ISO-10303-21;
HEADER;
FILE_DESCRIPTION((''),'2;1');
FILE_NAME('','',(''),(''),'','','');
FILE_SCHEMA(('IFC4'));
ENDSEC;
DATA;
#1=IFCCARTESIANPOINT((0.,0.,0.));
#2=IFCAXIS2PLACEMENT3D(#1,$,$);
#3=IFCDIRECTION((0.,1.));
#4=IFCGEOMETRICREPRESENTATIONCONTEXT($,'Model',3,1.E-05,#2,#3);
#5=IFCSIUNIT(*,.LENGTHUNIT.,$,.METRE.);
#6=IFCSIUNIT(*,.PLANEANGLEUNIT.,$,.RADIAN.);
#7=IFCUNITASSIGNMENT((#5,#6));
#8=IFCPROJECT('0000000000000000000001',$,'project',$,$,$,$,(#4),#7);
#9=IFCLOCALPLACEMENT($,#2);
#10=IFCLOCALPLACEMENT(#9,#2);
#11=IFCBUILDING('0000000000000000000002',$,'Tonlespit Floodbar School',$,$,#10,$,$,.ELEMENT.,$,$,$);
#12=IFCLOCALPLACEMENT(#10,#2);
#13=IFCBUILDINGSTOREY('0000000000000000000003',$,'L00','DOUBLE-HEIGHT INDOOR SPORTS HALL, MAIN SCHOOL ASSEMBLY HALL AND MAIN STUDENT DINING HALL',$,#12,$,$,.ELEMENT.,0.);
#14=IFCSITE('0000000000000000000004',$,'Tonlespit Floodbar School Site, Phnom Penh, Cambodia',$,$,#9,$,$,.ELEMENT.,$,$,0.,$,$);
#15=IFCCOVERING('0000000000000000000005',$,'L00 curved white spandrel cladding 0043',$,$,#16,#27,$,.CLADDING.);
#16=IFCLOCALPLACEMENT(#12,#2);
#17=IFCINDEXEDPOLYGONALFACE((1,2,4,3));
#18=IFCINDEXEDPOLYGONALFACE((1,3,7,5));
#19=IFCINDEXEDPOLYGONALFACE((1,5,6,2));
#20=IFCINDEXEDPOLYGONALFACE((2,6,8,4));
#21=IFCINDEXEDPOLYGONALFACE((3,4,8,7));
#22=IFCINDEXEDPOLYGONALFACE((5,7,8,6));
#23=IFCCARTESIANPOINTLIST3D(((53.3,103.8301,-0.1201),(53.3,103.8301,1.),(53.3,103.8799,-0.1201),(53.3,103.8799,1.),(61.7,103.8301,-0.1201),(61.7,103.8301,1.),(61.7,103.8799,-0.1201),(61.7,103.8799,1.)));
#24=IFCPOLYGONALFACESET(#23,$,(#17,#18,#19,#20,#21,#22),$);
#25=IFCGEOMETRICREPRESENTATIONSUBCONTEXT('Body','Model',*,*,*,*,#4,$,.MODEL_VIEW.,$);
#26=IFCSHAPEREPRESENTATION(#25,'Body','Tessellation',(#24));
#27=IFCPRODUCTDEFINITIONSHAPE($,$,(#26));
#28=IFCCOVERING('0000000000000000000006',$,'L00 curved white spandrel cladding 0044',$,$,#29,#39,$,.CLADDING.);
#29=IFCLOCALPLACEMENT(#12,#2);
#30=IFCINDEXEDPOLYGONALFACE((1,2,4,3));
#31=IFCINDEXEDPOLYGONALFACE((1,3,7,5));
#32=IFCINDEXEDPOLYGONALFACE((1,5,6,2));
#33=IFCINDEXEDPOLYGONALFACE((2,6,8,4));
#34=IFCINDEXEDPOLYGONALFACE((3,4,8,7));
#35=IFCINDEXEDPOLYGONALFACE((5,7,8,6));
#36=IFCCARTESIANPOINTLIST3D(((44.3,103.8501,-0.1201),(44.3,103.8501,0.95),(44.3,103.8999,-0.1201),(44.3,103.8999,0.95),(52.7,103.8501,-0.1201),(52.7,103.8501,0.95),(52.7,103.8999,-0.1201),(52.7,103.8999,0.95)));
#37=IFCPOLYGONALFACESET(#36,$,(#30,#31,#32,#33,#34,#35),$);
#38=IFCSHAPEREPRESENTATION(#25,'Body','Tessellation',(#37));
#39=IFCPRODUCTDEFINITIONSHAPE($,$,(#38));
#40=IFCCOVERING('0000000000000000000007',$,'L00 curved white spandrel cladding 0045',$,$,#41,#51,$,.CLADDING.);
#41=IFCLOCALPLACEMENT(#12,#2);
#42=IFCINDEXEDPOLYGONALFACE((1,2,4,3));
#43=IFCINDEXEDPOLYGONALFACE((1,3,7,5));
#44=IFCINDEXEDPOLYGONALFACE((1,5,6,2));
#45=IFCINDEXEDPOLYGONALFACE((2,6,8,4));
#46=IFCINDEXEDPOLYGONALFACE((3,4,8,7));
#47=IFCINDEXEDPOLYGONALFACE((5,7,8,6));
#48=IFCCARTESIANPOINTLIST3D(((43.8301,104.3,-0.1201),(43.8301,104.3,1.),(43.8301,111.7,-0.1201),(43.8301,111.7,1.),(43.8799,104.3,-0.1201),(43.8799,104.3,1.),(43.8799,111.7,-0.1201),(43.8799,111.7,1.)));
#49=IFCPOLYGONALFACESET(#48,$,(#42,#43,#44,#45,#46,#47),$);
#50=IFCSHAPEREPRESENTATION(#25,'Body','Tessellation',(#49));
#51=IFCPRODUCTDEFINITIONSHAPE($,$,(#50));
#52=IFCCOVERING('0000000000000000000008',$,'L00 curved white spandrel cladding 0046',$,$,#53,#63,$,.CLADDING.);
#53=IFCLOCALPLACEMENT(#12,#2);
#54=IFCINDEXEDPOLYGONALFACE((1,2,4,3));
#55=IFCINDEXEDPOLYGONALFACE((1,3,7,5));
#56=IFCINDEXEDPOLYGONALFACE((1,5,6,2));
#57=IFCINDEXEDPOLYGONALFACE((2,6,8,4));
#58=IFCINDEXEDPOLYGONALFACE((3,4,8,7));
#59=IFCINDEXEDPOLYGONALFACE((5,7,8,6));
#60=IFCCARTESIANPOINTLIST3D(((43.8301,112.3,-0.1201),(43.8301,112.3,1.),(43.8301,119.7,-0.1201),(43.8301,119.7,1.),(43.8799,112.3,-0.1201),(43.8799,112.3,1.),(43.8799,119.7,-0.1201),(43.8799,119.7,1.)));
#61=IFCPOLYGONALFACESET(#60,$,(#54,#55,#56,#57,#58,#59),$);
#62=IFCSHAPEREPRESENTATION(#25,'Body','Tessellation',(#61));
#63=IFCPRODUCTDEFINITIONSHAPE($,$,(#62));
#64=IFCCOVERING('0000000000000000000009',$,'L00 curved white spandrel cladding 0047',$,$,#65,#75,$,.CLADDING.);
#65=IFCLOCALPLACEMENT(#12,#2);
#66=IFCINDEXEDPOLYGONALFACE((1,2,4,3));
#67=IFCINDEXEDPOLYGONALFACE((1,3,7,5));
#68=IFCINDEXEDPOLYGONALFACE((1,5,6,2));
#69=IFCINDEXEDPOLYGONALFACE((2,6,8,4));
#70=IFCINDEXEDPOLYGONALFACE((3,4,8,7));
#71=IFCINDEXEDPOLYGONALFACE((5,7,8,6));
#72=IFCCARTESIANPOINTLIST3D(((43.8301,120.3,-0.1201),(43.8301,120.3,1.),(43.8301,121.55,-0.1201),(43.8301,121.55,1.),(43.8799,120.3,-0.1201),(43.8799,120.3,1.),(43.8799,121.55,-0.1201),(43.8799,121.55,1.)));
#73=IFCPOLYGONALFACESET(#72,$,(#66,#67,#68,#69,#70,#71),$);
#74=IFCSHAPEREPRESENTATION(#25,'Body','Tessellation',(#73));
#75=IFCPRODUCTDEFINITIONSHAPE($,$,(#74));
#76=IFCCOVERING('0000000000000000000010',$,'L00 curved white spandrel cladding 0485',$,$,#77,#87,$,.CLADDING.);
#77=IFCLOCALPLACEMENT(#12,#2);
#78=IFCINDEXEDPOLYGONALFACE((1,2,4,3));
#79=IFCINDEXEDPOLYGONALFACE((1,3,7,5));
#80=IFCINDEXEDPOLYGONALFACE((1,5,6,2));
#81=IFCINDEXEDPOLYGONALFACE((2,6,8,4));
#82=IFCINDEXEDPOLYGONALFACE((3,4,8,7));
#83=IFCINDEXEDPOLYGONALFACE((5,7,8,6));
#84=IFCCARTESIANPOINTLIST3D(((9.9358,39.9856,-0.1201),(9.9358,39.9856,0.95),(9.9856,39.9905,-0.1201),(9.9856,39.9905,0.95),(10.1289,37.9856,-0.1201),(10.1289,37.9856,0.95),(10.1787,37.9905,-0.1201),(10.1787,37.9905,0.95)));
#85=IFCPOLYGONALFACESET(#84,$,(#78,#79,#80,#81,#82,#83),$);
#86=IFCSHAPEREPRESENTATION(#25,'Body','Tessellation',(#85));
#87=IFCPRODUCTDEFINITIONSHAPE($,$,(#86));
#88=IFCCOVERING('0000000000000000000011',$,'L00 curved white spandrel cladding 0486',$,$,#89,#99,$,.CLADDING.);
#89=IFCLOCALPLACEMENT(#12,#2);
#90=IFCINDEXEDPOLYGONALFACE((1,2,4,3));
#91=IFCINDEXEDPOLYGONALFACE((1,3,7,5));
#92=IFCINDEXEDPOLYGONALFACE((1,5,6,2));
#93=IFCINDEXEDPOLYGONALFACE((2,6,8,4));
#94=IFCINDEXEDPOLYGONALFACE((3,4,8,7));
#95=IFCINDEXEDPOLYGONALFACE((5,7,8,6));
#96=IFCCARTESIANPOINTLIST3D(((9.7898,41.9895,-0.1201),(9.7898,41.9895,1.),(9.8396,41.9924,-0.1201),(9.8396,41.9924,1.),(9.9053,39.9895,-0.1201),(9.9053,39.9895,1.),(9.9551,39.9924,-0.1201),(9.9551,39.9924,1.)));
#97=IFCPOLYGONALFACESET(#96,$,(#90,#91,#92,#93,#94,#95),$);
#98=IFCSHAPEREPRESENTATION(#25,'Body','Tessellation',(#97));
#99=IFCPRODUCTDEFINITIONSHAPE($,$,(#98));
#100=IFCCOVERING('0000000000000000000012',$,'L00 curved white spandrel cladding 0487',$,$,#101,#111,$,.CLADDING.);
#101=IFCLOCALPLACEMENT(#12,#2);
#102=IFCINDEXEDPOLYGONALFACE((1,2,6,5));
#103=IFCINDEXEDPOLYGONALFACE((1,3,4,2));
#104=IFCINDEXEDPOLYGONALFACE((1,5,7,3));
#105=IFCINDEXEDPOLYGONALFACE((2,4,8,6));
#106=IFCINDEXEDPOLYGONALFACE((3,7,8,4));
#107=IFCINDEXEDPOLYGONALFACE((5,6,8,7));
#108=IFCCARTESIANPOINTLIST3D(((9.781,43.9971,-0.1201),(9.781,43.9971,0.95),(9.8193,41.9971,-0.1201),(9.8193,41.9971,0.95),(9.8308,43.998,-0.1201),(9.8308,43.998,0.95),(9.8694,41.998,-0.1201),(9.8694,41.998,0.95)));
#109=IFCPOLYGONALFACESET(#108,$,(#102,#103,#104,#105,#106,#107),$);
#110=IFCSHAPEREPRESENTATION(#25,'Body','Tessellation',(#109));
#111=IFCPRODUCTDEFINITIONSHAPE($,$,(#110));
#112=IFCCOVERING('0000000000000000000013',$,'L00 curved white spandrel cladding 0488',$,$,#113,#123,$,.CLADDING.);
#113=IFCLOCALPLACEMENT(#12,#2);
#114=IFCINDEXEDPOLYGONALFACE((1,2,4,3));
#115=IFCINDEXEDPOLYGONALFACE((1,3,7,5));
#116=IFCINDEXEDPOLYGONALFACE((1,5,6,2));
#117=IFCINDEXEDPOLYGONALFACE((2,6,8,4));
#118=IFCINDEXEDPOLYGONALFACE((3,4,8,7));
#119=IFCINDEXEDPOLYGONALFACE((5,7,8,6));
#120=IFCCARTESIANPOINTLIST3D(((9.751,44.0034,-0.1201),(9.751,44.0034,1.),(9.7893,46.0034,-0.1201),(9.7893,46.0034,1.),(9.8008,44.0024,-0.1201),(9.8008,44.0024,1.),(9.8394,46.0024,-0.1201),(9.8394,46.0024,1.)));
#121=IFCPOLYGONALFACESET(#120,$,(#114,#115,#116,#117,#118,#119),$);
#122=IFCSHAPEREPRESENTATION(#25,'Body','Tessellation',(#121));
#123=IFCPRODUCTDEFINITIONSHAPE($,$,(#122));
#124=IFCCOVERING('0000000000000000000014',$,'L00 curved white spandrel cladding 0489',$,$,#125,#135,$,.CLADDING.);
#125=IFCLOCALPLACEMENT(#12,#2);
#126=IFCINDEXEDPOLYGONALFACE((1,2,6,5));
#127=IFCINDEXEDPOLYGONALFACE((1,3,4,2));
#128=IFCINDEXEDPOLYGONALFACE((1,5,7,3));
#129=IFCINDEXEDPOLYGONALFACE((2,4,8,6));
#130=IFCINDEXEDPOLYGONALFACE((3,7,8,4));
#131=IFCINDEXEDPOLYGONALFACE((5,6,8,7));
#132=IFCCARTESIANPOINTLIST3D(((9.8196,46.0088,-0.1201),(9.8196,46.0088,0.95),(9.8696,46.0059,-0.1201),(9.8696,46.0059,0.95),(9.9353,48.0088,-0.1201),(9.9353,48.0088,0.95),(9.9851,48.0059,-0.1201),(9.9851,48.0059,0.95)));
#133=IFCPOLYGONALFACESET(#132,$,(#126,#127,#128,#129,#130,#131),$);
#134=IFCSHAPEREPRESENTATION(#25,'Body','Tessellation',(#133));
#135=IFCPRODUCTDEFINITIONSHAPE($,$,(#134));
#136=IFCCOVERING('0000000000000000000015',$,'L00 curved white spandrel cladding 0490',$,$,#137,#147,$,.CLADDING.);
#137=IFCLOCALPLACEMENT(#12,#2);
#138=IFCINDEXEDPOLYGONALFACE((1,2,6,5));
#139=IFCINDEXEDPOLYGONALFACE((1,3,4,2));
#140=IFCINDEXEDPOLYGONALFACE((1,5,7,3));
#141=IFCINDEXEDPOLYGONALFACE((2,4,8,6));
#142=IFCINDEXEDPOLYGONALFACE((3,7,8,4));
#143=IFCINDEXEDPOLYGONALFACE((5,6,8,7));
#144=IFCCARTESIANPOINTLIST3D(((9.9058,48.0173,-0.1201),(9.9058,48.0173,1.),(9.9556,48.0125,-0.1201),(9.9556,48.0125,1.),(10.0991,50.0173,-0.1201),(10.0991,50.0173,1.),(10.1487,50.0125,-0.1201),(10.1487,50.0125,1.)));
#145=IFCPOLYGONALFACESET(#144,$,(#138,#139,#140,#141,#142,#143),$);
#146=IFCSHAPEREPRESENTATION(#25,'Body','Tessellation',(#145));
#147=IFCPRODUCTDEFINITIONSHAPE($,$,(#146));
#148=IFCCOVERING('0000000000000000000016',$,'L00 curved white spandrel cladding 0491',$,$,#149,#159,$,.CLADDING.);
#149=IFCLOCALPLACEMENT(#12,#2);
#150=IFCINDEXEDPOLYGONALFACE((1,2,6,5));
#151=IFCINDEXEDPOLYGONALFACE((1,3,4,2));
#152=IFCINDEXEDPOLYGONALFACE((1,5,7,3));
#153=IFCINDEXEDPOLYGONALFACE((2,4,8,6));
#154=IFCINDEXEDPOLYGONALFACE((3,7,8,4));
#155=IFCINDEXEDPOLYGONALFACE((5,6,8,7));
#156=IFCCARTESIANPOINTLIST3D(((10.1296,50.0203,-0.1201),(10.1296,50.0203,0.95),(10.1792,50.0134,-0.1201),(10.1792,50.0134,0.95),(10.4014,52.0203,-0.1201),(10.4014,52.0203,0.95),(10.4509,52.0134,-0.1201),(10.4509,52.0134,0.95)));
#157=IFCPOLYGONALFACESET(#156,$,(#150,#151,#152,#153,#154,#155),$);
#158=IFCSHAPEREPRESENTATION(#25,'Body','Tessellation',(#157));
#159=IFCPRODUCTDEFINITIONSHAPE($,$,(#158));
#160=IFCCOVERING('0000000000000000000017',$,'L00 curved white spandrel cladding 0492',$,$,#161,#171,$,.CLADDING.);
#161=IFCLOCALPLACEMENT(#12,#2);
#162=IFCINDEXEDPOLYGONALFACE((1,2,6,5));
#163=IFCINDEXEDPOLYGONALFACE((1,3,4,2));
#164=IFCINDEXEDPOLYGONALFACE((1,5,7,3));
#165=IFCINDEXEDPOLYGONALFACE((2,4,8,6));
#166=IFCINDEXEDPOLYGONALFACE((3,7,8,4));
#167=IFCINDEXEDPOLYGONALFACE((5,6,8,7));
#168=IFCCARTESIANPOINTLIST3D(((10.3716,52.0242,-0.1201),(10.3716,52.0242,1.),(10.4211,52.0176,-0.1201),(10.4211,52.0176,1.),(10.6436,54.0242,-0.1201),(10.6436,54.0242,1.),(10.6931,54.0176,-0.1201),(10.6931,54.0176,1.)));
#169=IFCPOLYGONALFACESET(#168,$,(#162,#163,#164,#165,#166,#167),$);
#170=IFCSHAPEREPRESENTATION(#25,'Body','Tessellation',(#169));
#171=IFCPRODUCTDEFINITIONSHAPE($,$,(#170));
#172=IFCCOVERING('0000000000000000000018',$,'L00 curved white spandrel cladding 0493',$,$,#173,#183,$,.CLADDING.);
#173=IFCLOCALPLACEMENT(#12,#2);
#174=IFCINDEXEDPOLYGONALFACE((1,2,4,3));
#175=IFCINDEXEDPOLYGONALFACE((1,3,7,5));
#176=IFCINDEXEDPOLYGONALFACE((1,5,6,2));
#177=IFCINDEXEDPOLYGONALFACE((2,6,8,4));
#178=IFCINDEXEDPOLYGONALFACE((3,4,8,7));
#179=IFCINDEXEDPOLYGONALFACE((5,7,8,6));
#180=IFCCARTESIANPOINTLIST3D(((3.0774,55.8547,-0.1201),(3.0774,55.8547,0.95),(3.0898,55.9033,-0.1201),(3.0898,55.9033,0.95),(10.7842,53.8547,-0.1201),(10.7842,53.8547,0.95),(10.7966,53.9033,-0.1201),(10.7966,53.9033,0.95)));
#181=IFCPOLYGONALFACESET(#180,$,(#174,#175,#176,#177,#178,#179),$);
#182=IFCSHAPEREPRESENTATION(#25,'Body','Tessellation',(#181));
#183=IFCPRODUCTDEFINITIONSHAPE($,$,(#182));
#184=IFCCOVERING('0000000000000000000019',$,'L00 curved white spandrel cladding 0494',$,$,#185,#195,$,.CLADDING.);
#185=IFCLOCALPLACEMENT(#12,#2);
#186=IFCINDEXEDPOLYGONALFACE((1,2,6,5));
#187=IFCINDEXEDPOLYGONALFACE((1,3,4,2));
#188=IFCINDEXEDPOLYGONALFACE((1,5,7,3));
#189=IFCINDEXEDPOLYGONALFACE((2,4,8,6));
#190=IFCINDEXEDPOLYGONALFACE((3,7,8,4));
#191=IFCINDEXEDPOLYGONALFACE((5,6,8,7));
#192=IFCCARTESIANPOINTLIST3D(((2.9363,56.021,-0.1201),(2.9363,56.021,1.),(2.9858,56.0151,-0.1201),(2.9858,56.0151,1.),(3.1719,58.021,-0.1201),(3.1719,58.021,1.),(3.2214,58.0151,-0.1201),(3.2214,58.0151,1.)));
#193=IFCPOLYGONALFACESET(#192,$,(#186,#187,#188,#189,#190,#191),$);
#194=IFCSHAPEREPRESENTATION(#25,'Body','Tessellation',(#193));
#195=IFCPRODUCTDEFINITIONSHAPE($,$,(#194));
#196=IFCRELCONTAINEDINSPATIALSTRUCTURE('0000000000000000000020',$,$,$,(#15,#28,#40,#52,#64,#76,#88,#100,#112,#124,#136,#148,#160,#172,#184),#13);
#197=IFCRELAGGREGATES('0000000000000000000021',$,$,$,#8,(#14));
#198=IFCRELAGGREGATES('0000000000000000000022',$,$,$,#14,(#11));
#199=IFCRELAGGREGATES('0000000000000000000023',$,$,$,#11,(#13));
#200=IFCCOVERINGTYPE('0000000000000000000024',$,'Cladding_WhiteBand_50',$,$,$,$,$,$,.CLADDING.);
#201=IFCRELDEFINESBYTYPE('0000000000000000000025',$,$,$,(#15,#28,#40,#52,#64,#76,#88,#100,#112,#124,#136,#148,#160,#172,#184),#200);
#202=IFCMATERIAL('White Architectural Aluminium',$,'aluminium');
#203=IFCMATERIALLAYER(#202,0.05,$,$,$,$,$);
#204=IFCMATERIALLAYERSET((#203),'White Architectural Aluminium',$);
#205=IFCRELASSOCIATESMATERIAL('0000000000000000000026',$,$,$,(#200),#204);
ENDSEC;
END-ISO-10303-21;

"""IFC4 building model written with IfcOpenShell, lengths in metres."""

from ifc_helpers import new_model, si_unit, direction, frame, origin, place, context, subcontext, project, spatial, polyline, outline, extrude, material, layer, layer_set, type_object, element, save


model = new_model("IFC4")

# Units and contexts
model_context = context("Model", 3, precision=1e-05, world=origin(), true_north=direction((0.0, 1.0)))
body_context = subcontext(model_context, "Body", "Model", "MODEL_VIEW")
ifc_project = project(units=[si_unit("LENGTHUNIT", "METRE"), si_unit("PLANEANGLEUNIT", "RADIAN")], contexts=[model_context])

# Site, building, storey
site_placement = place(None, origin())
site = spatial("IfcSite", under=ifc_project, at=site_placement, Name="Tonlespit Floodbar School Site, Phnom Penh, Cambodia", CompositionType="ELEMENT", RefElevation=0.0)
building_placement = place(site_placement, origin())
building = spatial("IfcBuilding", under=site, at=building_placement, Name="Tonlespit Floodbar School", CompositionType="ELEMENT")
storey_placement = place(building_placement, origin())
storey = spatial("IfcBuildingStorey", under=building, at=storey_placement, Name="L00", Description="DOUBLE-HEIGHT INDOOR SPORTS HALL, MAIN SCHOOL ASSEMBLY HALL AND MAIN STUDENT DINING HALL", CompositionType="ELEMENT", Elevation=0.0)

# Coverings
ifc_material = material(Name="White Architectural Aluminium", Category="aluminium")
ifc_layer = layer(ifc_material, 0.05)
ifc_layer_set = layer_set([ifc_layer], Name="White Architectural Aluminium")
covering_type = type_object("IfcCoveringType", Name="Cladding_WhiteBand_50", PredefinedType="CLADDING", material=ifc_layer_set)
covering_1_placement = place(storey_placement, frame((0.0, 0.0, -0.1201)))
element("IfcCovering", 1, at=covering_1_placement, inside=storey, type_object=covering_type, Name="L00 curved white spandrel cladding 0043", PredefinedType="CLADDING", context=body_context, shape_type="SweptSolid", body=[
    extrude(outline(polyline([(61.7, 103.8799), (53.3, 103.8799), (53.3, 103.8301), (61.7, 103.8301), (61.7, 103.8799)])), origin(), (0.0, 0.0, 1.0), 1.1201),
])
covering_2_placement = place(storey_placement, frame((0.0, 0.0, -0.1201)))
element("IfcCovering", 2, at=covering_2_placement, inside=storey, type_object=covering_type, Name="L00 curved white spandrel cladding 0044", PredefinedType="CLADDING", context=body_context, shape_type="SweptSolid", body=[
    extrude(outline(polyline([(52.7, 103.8999), (44.3, 103.8999), (44.3, 103.8501), (52.7, 103.8501), (52.7, 103.8999)])), origin(), (0.0, 0.0, 1.0), 1.0701),
])
covering_3_placement = place(storey_placement, frame((0.0, 0.0, -0.1201)))
element("IfcCovering", 3, at=covering_3_placement, inside=storey, type_object=covering_type, Name="L00 curved white spandrel cladding 0045", PredefinedType="CLADDING", context=body_context, shape_type="SweptSolid", body=[
    extrude(outline(polyline([(43.8799, 104.3), (43.8799, 111.7), (43.8301, 111.7), (43.8301, 104.3), (43.8799, 104.3)])), origin(), (0.0, 0.0, 1.0), 1.1201),
])
covering_4_placement = place(storey_placement, frame((0.0, 0.0, -0.1201)))
element("IfcCovering", 4, at=covering_4_placement, inside=storey, type_object=covering_type, Name="L00 curved white spandrel cladding 0046", PredefinedType="CLADDING", context=body_context, shape_type="SweptSolid", body=[
    extrude(outline(polyline([(43.8799, 112.3), (43.8799, 119.7), (43.8301, 119.7), (43.8301, 112.3), (43.8799, 112.3)])), origin(), (0.0, 0.0, 1.0), 1.1201),
])
covering_5_placement = place(storey_placement, frame((0.0, 0.0, -0.1201)))
element("IfcCovering", 5, at=covering_5_placement, inside=storey, type_object=covering_type, Name="L00 curved white spandrel cladding 0047", PredefinedType="CLADDING", context=body_context, shape_type="SweptSolid", body=[
    extrude(outline(polyline([(43.8799, 120.3), (43.8799, 121.55), (43.8301, 121.55), (43.8301, 120.3), (43.8799, 120.3)])), origin(), (0.0, 0.0, 1.0), 1.1201),
])
covering_6_placement = place(storey_placement, frame((0.0, 0.0, -0.1201)))
element("IfcCovering", 6, at=covering_6_placement, inside=storey, type_object=covering_type, Name="L00 curved white spandrel cladding 0485", PredefinedType="CLADDING", context=body_context, shape_type="SweptSolid", body=[
    extrude(outline(polyline([(10.1787, 37.9905), (9.9856, 39.9905), (9.9358, 39.9856), (10.1289, 37.9856), (10.1787, 37.9905)])), origin(), (0.0, 0.0, 1.0), 1.0701),
])
covering_7_placement = place(storey_placement, frame((0.0, 0.0, -0.1201)))
element("IfcCovering", 7, at=covering_7_placement, inside=storey, type_object=covering_type, Name="L00 curved white spandrel cladding 0486", PredefinedType="CLADDING", context=body_context, shape_type="SweptSolid", body=[
    extrude(outline(polyline([(9.9551, 39.9924), (9.8396, 41.9924), (9.7898, 41.9895), (9.9053, 39.9895), (9.9551, 39.9924)])), origin(), (0.0, 0.0, 1.0), 1.1201),
])
covering_8_placement = place(storey_placement, frame((0.0, 0.0, -0.1201)))
element("IfcCovering", 8, at=covering_8_placement, inside=storey, type_object=covering_type, Name="L00 curved white spandrel cladding 0487", PredefinedType="CLADDING", context=body_context, shape_type="SweptSolid", body=[
    extrude(outline(polyline([(9.8694, 41.998), (9.8308, 43.998), (9.781, 43.9971), (9.8193, 41.9971), (9.8694, 41.998)])), origin(), (0.0, 0.0, 1.0), 1.0701),
])
covering_9_placement = place(storey_placement, frame((0.0, 0.0, -0.1201)))
element("IfcCovering", 9, at=covering_9_placement, inside=storey, type_object=covering_type, Name="L00 curved white spandrel cladding 0488", PredefinedType="CLADDING", context=body_context, shape_type="SweptSolid", body=[
    extrude(outline(polyline([(9.8008, 44.0024), (9.8394, 46.0024), (9.7893, 46.0034), (9.751, 44.0034), (9.8008, 44.0024)])), origin(), (0.0, 0.0, 1.0), 1.1201),
])
covering_10_placement = place(storey_placement, frame((0.0, 0.0, -0.1201)))
element("IfcCovering", 10, at=covering_10_placement, inside=storey, type_object=covering_type, Name="L00 curved white spandrel cladding 0489", PredefinedType="CLADDING", context=body_context, shape_type="SweptSolid", body=[
    extrude(outline(polyline([(9.8696, 46.0059), (9.9851, 48.0059), (9.9353, 48.0088), (9.8196, 46.0088), (9.8696, 46.0059)])), origin(), (0.0, 0.0, 1.0), 1.0701),
])
covering_11_placement = place(storey_placement, frame((0.0, 0.0, -0.1201)))
element("IfcCovering", 11, at=covering_11_placement, inside=storey, type_object=covering_type, Name="L00 curved white spandrel cladding 0490", PredefinedType="CLADDING", context=body_context, shape_type="SweptSolid", body=[
    extrude(outline(polyline([(9.9556, 48.0125), (10.1487, 50.0125), (10.0991, 50.0173), (9.9058, 48.0173), (9.9556, 48.0125)])), origin(), (0.0, 0.0, 1.0), 1.1201),
])
covering_12_placement = place(storey_placement, frame((0.0, 0.0, -0.1201)))
element("IfcCovering", 12, at=covering_12_placement, inside=storey, type_object=covering_type, Name="L00 curved white spandrel cladding 0491", PredefinedType="CLADDING", context=body_context, shape_type="SweptSolid", body=[
    extrude(outline(polyline([(10.1792, 50.0134), (10.4509, 52.0134), (10.4014, 52.0203), (10.1296, 50.0203), (10.1792, 50.0134)])), origin(), (0.0, 0.0, 1.0), 1.0701),
])
covering_13_placement = place(storey_placement, frame((0.0, 0.0, -0.1201)))
element("IfcCovering", 13, at=covering_13_placement, inside=storey, type_object=covering_type, Name="L00 curved white spandrel cladding 0492", PredefinedType="CLADDING", context=body_context, shape_type="SweptSolid", body=[
    extrude(outline(polyline([(10.4211, 52.0176), (10.6931, 54.0176), (10.6436, 54.0242), (10.3716, 52.0242), (10.4211, 52.0176)])), origin(), (0.0, 0.0, 1.0), 1.1201),
])
covering_14_placement = place(storey_placement, frame((0.0, 0.0, -0.1201)))
element("IfcCovering", 14, at=covering_14_placement, inside=storey, type_object=covering_type, Name="L00 curved white spandrel cladding 0493", PredefinedType="CLADDING", context=body_context, shape_type="SweptSolid", body=[
    extrude(outline(polyline([(10.7966, 53.9033), (3.0898, 55.9033), (3.0774, 55.8547), (10.7842, 53.8547), (10.7966, 53.9033)])), origin(), (0.0, 0.0, 1.0), 1.0701),
])
covering_15_placement = place(storey_placement, frame((0.0, 0.0, -0.1201)))
element("IfcCovering", 15, at=covering_15_placement, inside=storey, type_object=covering_type, Name="L00 curved white spandrel cladding 0494", PredefinedType="CLADDING", context=body_context, shape_type="SweptSolid", body=[
    extrude(outline(polyline([(2.9858, 56.0151), (3.2214, 58.0151), (3.1719, 58.021), (2.9363, 56.021), (2.9858, 56.0151)])), origin(), (0.0, 0.0, 1.0), 1.1201),
])

save(model, "model.ifc")
